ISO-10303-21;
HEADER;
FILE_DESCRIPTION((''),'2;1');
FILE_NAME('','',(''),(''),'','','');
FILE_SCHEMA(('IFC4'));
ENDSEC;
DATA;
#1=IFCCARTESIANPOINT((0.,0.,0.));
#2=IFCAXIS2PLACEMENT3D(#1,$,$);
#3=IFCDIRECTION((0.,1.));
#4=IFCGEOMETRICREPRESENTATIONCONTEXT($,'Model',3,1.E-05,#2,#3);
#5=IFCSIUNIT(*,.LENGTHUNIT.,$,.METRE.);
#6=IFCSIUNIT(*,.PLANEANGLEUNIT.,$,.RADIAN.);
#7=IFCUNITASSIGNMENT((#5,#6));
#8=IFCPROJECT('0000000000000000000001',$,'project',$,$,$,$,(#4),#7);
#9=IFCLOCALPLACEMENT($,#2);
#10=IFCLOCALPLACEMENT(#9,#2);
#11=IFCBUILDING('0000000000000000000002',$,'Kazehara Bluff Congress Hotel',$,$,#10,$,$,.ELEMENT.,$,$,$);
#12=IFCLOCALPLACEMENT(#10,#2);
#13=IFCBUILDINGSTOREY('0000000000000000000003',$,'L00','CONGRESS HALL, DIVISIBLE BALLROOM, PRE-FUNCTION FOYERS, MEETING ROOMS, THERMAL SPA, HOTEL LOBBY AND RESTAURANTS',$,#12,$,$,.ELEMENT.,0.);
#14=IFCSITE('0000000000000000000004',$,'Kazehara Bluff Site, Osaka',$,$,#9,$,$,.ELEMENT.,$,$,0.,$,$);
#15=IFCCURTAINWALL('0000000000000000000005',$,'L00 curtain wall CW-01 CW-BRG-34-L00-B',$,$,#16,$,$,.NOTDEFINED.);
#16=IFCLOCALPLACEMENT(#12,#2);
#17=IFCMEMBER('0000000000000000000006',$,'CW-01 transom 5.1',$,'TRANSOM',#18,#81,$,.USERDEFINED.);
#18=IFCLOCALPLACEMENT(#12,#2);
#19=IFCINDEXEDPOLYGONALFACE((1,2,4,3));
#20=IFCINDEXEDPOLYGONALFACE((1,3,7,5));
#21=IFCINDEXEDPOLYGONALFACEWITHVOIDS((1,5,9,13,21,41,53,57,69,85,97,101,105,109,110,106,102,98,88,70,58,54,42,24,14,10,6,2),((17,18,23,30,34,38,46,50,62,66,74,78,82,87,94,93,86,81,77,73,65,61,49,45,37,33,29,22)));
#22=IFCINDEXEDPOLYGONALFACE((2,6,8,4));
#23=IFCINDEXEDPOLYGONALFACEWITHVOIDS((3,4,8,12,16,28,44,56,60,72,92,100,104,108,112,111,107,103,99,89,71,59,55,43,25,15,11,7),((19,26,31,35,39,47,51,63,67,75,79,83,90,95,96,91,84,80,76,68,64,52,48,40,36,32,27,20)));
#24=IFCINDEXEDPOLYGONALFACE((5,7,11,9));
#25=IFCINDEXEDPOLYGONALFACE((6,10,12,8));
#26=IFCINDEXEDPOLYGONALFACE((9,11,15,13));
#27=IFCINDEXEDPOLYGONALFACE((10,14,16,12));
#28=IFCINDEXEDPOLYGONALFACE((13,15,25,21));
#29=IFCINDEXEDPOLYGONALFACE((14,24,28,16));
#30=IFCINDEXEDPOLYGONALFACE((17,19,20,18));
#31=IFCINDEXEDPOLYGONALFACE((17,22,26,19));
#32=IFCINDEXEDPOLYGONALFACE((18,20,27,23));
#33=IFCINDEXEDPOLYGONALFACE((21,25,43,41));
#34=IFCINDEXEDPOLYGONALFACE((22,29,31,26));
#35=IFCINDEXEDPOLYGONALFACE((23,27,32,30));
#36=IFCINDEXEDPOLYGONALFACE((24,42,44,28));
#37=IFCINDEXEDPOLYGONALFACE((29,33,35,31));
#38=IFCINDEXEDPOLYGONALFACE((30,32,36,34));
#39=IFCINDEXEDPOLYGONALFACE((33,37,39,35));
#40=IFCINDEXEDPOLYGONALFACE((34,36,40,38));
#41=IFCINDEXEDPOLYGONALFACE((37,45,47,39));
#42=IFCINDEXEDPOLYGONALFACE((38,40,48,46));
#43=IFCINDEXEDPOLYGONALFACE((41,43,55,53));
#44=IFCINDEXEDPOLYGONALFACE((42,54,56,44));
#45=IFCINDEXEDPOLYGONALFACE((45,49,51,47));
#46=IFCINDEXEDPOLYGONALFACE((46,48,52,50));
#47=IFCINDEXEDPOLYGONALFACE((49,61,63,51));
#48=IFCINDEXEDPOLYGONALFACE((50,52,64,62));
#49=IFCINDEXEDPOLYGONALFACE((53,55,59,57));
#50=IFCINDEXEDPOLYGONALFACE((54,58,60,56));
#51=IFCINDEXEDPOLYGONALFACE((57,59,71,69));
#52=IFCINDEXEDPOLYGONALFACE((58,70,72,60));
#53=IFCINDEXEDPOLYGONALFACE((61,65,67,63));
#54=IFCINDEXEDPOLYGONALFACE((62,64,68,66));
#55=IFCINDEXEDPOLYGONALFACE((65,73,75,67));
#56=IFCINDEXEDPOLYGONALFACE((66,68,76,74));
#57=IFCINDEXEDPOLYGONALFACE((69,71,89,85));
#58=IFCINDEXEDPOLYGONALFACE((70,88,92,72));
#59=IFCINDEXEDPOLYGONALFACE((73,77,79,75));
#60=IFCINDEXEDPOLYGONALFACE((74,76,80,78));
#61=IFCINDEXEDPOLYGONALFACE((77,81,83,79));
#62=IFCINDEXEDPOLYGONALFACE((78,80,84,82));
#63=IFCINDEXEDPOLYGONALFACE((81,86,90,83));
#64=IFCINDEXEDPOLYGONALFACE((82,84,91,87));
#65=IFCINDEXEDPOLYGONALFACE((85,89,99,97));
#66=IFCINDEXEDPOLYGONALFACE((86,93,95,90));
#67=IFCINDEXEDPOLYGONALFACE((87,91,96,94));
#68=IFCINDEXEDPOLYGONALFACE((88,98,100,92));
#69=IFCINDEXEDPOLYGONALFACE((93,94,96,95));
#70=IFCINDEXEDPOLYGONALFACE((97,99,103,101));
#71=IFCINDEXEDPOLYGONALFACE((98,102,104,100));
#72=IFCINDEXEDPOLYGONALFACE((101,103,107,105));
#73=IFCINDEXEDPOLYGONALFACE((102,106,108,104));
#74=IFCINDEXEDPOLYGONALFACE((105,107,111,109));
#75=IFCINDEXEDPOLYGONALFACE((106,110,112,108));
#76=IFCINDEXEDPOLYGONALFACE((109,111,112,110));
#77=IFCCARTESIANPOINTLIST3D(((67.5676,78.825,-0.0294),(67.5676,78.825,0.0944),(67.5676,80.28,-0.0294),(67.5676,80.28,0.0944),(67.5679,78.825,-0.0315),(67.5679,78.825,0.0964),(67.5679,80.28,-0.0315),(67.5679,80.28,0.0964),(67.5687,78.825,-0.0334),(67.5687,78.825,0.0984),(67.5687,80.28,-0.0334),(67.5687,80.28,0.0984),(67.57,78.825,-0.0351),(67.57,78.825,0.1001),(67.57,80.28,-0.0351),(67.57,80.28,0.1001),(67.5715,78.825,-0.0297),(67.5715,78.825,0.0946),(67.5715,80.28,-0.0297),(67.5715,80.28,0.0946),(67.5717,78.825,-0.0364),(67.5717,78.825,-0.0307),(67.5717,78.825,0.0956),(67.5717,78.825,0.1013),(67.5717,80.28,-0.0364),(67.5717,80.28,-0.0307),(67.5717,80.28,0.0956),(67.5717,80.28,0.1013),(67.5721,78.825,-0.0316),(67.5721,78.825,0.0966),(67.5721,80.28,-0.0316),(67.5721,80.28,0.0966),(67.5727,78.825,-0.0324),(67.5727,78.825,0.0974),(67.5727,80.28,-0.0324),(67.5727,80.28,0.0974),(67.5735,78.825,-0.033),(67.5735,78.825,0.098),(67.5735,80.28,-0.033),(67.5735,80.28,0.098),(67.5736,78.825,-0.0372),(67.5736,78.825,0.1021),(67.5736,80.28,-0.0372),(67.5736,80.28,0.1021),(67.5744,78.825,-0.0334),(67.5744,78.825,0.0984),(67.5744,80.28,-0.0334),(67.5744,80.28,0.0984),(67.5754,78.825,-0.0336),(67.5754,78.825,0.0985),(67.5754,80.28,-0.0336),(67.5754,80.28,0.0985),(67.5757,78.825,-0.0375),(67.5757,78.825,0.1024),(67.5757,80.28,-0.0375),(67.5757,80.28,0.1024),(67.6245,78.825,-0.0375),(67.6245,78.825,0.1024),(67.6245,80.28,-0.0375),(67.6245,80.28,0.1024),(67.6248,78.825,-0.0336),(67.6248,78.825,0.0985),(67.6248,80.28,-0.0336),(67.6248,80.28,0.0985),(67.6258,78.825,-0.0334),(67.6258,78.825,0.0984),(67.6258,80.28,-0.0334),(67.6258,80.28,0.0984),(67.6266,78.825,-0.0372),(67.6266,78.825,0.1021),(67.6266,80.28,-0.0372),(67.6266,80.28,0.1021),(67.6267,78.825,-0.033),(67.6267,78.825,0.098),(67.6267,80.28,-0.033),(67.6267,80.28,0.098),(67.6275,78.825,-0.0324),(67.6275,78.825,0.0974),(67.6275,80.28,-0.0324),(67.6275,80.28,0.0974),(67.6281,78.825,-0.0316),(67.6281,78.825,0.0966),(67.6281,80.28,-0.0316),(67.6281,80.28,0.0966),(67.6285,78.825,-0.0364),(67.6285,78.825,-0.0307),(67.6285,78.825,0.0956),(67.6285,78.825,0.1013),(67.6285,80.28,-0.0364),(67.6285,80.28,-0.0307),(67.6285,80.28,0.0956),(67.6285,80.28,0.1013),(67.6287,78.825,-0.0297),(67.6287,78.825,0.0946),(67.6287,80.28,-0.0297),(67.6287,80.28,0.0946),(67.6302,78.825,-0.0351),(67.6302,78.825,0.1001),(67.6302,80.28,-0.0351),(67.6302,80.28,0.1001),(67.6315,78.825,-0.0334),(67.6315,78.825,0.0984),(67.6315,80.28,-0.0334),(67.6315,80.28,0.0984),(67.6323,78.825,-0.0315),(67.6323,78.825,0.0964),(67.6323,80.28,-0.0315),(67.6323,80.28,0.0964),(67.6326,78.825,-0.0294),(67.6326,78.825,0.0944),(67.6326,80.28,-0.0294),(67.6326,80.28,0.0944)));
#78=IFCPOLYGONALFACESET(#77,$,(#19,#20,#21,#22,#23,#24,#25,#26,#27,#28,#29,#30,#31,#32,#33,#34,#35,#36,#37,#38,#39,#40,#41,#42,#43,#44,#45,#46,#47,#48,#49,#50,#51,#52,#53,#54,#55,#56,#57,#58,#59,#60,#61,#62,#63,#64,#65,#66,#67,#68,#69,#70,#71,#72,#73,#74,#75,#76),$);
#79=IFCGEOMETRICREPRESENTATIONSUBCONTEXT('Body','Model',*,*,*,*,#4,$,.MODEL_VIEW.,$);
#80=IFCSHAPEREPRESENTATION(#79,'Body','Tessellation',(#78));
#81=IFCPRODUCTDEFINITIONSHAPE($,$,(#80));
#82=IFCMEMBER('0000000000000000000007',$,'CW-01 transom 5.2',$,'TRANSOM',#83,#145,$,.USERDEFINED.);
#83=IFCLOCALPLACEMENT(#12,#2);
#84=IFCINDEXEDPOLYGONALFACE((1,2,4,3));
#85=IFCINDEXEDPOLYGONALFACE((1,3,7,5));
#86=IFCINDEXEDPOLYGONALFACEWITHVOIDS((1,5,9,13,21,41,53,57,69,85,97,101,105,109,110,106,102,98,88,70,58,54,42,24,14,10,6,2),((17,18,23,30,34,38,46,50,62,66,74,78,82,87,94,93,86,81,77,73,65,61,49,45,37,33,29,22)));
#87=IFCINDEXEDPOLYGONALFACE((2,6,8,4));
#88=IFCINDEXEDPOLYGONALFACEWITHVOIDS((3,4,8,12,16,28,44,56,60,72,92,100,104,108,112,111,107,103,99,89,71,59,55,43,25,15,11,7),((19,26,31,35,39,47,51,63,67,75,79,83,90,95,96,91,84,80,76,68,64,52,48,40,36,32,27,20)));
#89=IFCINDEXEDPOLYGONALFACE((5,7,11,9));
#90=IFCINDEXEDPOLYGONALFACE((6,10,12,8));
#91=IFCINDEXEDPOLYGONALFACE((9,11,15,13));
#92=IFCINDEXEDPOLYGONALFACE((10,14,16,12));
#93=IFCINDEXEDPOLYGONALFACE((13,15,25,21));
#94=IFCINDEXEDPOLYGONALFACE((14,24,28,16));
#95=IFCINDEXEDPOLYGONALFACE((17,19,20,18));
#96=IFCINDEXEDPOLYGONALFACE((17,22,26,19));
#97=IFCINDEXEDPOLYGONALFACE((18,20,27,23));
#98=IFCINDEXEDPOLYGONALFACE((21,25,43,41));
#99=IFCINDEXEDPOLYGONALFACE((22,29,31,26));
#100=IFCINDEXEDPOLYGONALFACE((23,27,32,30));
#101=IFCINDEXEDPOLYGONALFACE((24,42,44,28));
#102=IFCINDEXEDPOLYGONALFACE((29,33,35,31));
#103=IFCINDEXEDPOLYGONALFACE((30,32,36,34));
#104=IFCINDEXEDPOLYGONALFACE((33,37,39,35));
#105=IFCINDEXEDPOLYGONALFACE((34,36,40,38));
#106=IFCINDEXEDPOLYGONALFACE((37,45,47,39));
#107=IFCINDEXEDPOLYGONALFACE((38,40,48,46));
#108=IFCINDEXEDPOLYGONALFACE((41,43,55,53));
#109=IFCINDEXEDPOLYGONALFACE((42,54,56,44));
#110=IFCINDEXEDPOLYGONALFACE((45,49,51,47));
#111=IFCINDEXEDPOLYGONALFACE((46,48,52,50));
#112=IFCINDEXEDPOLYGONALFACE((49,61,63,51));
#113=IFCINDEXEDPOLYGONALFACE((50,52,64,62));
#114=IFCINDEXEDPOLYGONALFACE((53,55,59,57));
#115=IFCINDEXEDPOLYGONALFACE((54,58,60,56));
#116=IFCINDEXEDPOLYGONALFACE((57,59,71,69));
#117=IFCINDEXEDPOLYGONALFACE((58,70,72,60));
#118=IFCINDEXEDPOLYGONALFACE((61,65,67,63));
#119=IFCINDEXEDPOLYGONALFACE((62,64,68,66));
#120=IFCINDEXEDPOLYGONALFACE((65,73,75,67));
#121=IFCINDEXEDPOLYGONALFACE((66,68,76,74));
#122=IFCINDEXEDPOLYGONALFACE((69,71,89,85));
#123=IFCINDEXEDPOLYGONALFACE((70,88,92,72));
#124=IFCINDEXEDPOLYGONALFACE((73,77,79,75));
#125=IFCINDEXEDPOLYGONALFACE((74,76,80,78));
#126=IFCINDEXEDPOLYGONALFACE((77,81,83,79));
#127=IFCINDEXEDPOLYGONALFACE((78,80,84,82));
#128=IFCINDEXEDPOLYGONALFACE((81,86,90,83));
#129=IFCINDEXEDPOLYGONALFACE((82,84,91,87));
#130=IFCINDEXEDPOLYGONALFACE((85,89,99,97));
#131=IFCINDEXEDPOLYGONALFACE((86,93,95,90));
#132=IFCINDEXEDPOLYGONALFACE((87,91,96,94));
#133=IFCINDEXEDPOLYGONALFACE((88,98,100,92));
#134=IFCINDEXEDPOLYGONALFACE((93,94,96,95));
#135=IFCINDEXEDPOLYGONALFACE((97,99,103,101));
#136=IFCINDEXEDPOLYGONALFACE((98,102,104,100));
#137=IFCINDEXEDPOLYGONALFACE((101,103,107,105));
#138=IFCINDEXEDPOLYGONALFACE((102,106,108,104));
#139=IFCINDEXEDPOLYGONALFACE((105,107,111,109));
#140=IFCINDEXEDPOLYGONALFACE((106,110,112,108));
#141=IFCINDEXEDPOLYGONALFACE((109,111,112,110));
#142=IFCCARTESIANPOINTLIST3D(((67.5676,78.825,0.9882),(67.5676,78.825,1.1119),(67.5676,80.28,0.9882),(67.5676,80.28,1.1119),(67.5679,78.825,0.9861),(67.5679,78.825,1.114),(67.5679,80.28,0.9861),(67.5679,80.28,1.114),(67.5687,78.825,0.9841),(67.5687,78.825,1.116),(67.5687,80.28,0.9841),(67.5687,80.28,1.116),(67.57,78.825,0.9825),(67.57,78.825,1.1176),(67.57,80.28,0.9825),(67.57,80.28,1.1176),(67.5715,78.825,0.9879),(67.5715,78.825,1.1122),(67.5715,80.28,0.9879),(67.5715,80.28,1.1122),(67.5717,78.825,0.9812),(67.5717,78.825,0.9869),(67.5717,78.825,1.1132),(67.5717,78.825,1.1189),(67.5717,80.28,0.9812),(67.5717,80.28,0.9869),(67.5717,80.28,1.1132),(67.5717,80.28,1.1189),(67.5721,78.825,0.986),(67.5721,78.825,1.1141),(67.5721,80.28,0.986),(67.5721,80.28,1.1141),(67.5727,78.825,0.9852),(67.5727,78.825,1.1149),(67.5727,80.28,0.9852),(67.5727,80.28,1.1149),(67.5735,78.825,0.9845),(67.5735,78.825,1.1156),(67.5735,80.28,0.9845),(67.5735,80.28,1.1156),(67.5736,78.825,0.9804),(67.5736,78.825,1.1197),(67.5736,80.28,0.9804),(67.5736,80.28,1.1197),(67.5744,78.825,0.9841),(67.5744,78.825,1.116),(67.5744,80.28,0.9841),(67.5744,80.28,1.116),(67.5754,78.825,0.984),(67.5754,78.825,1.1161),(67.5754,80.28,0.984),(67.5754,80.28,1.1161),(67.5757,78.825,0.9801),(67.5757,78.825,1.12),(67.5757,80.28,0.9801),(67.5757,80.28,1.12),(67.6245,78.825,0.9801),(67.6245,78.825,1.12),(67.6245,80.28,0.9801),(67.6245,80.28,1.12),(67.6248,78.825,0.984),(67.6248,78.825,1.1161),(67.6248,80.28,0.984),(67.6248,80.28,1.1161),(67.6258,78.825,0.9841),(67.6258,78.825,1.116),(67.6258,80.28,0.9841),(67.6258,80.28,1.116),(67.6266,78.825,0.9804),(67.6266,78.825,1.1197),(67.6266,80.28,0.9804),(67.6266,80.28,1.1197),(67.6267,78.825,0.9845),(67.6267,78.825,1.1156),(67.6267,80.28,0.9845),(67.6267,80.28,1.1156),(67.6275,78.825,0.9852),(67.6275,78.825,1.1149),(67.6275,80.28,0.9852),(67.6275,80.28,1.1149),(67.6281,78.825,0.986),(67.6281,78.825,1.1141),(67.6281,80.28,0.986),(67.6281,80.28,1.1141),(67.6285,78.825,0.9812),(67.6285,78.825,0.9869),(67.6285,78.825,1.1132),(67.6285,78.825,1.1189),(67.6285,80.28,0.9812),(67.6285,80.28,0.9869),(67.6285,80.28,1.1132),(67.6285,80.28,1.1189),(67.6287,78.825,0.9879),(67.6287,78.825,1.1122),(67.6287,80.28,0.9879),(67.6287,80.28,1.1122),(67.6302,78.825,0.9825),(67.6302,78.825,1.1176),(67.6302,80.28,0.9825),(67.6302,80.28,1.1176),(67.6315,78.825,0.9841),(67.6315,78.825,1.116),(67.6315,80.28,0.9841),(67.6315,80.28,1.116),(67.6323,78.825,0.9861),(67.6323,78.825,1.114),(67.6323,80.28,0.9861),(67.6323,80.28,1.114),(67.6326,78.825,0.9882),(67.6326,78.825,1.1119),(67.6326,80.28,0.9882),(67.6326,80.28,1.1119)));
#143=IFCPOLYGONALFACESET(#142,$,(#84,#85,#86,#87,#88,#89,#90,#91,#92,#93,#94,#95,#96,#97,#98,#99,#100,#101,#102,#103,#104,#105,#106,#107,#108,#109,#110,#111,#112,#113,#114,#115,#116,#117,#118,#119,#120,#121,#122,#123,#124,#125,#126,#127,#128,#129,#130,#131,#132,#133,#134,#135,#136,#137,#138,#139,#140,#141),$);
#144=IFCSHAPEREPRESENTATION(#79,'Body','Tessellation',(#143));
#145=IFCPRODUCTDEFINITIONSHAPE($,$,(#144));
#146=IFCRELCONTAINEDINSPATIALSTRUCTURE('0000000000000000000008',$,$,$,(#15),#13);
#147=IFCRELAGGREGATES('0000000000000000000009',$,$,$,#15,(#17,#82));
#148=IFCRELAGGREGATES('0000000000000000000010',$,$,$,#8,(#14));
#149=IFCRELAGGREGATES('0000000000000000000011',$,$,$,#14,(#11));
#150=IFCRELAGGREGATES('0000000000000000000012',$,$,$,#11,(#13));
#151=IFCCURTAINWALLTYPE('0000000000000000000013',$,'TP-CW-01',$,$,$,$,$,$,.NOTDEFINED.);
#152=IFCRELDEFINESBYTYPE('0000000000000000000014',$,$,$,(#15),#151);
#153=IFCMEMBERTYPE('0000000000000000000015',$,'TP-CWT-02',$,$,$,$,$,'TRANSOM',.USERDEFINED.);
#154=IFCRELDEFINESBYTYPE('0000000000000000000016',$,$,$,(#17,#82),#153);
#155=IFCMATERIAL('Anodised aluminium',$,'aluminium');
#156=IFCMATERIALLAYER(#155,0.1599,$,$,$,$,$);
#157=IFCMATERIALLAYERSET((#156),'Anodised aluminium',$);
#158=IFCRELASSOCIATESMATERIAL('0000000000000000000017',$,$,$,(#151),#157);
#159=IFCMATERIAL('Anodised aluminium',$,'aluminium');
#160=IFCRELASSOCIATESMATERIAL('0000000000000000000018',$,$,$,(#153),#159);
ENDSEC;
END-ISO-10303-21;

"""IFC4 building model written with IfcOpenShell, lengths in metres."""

from ifc_helpers import new_model, si_unit, direction, frame, origin, origin_2d, place, context, subcontext, project, spatial, hollow_rectangle, extrude, material, layer, layer_set, material_profile, profile_set, type_object, element, aggregate, save


model = new_model("IFC4")

# Units and contexts
model_context = context("Model", 3, precision=1e-05, world=origin(), true_north=direction((0.0, 1.0)))
body_context = subcontext(model_context, "Body", "Model", "MODEL_VIEW")
ifc_project = project(units=[si_unit("LENGTHUNIT", "METRE"), si_unit("PLANEANGLEUNIT", "RADIAN")], contexts=[model_context])

# Site, building, storey
site_placement = place(None, origin())
site = spatial("IfcSite", under=ifc_project, at=site_placement, Name="Kazehara Bluff Site, Osaka", CompositionType="ELEMENT", RefElevation=0.0)
building_placement = place(site_placement, origin())
building = spatial("IfcBuilding", under=site, at=building_placement, Name="Kazehara Bluff Congress Hotel", CompositionType="ELEMENT")
storey_placement = place(building_placement, origin())
storey = spatial("IfcBuildingStorey", under=building, at=storey_placement, Name="L00", Description="CONGRESS HALL, DIVISIBLE BALLROOM, PRE-FUNCTION FOYERS, MEETING ROOMS, THERMAL SPA, HOTEL LOBBY AND RESTAURANTS", CompositionType="ELEMENT", Elevation=0.0)

# Curtain wall, members
ifc_material_1 = material(Name="Anodised aluminium", Category="aluminium")
ifc_layer_1 = layer(ifc_material_1, 0.1599)
ifc_layer_set_1 = layer_set([ifc_layer_1], Name="Anodised aluminium")
curtain_wall_type_1 = type_object("IfcCurtainWallType", Name="TP-CW-01", PredefinedType="NOTDEFINED", material=ifc_layer_set_1)
curtain_wall_1_placement = place(storey_placement, origin())
curtain_wall_1 = element("IfcCurtainWall", 1, at=curtain_wall_1_placement, inside=storey, type_object=curtain_wall_type_1, Name="L00 curtain wall CW-01 CW-BRG-34-L00-B", PredefinedType="NOTDEFINED")
ifc_material_2 = material(Name="Anodised aluminium", Category="aluminium")
ifc_material_profile_1 = material_profile(ifc_material_2, hollow_rectangle(XDim=0.0649, YDim=0.1399, WallThickness=0.0039, InnerFilletRadius=0.0039, OuterFilletRadius=0.0081, at=origin_2d()))
ifc_profile_set_1 = profile_set([ifc_material_profile_1], Name="Anodised aluminium")
member_type_1 = type_object("IfcMemberType", Name="TP-CWT-02", ElementType="TRANSOM", PredefinedType="USERDEFINED", material=ifc_profile_set_1)
member_1_placement = place(storey_placement, frame((67.6001, 78.825, 0.0325), z_axis=(0.0, 1.0, 0.0), x_axis=(-1.0, 0.0, 0.0)))
member_1 = element("IfcMember", 2, at=member_1_placement, type_object=member_type_1, Name="CW-01 transom 5.1", ObjectType="TRANSOM", PredefinedType="USERDEFINED", context=body_context, shape_type="SweptSolid", body=[
    extrude(hollow_rectangle(XDim=0.0649, YDim=0.1399, WallThickness=0.0039, InnerFilletRadius=0.0039, OuterFilletRadius=0.0081, at=origin_2d()), origin(), (0.0, 0.0, 1.0), 1.4551),
])
member_2_placement = place(storey_placement, frame((67.6001, 78.825, 1.05), z_axis=(0.0, 1.0, 0.0), x_axis=(-1.0, 0.0, 0.0)))
member_2 = element("IfcMember", 3, at=member_2_placement, type_object=member_type_1, Name="CW-01 transom 5.2", ObjectType="TRANSOM", PredefinedType="USERDEFINED", context=body_context, shape_type="SweptSolid", body=[
    extrude(hollow_rectangle(XDim=0.0649, YDim=0.1399, WallThickness=0.0039, InnerFilletRadius=0.0039, OuterFilletRadius=0.0081, at=origin_2d()), origin(), (0.0, 0.0, 1.0), 1.4551),
])

aggregate(curtain_wall_1, [member_1, member_2])

save(model, "model.ifc")
